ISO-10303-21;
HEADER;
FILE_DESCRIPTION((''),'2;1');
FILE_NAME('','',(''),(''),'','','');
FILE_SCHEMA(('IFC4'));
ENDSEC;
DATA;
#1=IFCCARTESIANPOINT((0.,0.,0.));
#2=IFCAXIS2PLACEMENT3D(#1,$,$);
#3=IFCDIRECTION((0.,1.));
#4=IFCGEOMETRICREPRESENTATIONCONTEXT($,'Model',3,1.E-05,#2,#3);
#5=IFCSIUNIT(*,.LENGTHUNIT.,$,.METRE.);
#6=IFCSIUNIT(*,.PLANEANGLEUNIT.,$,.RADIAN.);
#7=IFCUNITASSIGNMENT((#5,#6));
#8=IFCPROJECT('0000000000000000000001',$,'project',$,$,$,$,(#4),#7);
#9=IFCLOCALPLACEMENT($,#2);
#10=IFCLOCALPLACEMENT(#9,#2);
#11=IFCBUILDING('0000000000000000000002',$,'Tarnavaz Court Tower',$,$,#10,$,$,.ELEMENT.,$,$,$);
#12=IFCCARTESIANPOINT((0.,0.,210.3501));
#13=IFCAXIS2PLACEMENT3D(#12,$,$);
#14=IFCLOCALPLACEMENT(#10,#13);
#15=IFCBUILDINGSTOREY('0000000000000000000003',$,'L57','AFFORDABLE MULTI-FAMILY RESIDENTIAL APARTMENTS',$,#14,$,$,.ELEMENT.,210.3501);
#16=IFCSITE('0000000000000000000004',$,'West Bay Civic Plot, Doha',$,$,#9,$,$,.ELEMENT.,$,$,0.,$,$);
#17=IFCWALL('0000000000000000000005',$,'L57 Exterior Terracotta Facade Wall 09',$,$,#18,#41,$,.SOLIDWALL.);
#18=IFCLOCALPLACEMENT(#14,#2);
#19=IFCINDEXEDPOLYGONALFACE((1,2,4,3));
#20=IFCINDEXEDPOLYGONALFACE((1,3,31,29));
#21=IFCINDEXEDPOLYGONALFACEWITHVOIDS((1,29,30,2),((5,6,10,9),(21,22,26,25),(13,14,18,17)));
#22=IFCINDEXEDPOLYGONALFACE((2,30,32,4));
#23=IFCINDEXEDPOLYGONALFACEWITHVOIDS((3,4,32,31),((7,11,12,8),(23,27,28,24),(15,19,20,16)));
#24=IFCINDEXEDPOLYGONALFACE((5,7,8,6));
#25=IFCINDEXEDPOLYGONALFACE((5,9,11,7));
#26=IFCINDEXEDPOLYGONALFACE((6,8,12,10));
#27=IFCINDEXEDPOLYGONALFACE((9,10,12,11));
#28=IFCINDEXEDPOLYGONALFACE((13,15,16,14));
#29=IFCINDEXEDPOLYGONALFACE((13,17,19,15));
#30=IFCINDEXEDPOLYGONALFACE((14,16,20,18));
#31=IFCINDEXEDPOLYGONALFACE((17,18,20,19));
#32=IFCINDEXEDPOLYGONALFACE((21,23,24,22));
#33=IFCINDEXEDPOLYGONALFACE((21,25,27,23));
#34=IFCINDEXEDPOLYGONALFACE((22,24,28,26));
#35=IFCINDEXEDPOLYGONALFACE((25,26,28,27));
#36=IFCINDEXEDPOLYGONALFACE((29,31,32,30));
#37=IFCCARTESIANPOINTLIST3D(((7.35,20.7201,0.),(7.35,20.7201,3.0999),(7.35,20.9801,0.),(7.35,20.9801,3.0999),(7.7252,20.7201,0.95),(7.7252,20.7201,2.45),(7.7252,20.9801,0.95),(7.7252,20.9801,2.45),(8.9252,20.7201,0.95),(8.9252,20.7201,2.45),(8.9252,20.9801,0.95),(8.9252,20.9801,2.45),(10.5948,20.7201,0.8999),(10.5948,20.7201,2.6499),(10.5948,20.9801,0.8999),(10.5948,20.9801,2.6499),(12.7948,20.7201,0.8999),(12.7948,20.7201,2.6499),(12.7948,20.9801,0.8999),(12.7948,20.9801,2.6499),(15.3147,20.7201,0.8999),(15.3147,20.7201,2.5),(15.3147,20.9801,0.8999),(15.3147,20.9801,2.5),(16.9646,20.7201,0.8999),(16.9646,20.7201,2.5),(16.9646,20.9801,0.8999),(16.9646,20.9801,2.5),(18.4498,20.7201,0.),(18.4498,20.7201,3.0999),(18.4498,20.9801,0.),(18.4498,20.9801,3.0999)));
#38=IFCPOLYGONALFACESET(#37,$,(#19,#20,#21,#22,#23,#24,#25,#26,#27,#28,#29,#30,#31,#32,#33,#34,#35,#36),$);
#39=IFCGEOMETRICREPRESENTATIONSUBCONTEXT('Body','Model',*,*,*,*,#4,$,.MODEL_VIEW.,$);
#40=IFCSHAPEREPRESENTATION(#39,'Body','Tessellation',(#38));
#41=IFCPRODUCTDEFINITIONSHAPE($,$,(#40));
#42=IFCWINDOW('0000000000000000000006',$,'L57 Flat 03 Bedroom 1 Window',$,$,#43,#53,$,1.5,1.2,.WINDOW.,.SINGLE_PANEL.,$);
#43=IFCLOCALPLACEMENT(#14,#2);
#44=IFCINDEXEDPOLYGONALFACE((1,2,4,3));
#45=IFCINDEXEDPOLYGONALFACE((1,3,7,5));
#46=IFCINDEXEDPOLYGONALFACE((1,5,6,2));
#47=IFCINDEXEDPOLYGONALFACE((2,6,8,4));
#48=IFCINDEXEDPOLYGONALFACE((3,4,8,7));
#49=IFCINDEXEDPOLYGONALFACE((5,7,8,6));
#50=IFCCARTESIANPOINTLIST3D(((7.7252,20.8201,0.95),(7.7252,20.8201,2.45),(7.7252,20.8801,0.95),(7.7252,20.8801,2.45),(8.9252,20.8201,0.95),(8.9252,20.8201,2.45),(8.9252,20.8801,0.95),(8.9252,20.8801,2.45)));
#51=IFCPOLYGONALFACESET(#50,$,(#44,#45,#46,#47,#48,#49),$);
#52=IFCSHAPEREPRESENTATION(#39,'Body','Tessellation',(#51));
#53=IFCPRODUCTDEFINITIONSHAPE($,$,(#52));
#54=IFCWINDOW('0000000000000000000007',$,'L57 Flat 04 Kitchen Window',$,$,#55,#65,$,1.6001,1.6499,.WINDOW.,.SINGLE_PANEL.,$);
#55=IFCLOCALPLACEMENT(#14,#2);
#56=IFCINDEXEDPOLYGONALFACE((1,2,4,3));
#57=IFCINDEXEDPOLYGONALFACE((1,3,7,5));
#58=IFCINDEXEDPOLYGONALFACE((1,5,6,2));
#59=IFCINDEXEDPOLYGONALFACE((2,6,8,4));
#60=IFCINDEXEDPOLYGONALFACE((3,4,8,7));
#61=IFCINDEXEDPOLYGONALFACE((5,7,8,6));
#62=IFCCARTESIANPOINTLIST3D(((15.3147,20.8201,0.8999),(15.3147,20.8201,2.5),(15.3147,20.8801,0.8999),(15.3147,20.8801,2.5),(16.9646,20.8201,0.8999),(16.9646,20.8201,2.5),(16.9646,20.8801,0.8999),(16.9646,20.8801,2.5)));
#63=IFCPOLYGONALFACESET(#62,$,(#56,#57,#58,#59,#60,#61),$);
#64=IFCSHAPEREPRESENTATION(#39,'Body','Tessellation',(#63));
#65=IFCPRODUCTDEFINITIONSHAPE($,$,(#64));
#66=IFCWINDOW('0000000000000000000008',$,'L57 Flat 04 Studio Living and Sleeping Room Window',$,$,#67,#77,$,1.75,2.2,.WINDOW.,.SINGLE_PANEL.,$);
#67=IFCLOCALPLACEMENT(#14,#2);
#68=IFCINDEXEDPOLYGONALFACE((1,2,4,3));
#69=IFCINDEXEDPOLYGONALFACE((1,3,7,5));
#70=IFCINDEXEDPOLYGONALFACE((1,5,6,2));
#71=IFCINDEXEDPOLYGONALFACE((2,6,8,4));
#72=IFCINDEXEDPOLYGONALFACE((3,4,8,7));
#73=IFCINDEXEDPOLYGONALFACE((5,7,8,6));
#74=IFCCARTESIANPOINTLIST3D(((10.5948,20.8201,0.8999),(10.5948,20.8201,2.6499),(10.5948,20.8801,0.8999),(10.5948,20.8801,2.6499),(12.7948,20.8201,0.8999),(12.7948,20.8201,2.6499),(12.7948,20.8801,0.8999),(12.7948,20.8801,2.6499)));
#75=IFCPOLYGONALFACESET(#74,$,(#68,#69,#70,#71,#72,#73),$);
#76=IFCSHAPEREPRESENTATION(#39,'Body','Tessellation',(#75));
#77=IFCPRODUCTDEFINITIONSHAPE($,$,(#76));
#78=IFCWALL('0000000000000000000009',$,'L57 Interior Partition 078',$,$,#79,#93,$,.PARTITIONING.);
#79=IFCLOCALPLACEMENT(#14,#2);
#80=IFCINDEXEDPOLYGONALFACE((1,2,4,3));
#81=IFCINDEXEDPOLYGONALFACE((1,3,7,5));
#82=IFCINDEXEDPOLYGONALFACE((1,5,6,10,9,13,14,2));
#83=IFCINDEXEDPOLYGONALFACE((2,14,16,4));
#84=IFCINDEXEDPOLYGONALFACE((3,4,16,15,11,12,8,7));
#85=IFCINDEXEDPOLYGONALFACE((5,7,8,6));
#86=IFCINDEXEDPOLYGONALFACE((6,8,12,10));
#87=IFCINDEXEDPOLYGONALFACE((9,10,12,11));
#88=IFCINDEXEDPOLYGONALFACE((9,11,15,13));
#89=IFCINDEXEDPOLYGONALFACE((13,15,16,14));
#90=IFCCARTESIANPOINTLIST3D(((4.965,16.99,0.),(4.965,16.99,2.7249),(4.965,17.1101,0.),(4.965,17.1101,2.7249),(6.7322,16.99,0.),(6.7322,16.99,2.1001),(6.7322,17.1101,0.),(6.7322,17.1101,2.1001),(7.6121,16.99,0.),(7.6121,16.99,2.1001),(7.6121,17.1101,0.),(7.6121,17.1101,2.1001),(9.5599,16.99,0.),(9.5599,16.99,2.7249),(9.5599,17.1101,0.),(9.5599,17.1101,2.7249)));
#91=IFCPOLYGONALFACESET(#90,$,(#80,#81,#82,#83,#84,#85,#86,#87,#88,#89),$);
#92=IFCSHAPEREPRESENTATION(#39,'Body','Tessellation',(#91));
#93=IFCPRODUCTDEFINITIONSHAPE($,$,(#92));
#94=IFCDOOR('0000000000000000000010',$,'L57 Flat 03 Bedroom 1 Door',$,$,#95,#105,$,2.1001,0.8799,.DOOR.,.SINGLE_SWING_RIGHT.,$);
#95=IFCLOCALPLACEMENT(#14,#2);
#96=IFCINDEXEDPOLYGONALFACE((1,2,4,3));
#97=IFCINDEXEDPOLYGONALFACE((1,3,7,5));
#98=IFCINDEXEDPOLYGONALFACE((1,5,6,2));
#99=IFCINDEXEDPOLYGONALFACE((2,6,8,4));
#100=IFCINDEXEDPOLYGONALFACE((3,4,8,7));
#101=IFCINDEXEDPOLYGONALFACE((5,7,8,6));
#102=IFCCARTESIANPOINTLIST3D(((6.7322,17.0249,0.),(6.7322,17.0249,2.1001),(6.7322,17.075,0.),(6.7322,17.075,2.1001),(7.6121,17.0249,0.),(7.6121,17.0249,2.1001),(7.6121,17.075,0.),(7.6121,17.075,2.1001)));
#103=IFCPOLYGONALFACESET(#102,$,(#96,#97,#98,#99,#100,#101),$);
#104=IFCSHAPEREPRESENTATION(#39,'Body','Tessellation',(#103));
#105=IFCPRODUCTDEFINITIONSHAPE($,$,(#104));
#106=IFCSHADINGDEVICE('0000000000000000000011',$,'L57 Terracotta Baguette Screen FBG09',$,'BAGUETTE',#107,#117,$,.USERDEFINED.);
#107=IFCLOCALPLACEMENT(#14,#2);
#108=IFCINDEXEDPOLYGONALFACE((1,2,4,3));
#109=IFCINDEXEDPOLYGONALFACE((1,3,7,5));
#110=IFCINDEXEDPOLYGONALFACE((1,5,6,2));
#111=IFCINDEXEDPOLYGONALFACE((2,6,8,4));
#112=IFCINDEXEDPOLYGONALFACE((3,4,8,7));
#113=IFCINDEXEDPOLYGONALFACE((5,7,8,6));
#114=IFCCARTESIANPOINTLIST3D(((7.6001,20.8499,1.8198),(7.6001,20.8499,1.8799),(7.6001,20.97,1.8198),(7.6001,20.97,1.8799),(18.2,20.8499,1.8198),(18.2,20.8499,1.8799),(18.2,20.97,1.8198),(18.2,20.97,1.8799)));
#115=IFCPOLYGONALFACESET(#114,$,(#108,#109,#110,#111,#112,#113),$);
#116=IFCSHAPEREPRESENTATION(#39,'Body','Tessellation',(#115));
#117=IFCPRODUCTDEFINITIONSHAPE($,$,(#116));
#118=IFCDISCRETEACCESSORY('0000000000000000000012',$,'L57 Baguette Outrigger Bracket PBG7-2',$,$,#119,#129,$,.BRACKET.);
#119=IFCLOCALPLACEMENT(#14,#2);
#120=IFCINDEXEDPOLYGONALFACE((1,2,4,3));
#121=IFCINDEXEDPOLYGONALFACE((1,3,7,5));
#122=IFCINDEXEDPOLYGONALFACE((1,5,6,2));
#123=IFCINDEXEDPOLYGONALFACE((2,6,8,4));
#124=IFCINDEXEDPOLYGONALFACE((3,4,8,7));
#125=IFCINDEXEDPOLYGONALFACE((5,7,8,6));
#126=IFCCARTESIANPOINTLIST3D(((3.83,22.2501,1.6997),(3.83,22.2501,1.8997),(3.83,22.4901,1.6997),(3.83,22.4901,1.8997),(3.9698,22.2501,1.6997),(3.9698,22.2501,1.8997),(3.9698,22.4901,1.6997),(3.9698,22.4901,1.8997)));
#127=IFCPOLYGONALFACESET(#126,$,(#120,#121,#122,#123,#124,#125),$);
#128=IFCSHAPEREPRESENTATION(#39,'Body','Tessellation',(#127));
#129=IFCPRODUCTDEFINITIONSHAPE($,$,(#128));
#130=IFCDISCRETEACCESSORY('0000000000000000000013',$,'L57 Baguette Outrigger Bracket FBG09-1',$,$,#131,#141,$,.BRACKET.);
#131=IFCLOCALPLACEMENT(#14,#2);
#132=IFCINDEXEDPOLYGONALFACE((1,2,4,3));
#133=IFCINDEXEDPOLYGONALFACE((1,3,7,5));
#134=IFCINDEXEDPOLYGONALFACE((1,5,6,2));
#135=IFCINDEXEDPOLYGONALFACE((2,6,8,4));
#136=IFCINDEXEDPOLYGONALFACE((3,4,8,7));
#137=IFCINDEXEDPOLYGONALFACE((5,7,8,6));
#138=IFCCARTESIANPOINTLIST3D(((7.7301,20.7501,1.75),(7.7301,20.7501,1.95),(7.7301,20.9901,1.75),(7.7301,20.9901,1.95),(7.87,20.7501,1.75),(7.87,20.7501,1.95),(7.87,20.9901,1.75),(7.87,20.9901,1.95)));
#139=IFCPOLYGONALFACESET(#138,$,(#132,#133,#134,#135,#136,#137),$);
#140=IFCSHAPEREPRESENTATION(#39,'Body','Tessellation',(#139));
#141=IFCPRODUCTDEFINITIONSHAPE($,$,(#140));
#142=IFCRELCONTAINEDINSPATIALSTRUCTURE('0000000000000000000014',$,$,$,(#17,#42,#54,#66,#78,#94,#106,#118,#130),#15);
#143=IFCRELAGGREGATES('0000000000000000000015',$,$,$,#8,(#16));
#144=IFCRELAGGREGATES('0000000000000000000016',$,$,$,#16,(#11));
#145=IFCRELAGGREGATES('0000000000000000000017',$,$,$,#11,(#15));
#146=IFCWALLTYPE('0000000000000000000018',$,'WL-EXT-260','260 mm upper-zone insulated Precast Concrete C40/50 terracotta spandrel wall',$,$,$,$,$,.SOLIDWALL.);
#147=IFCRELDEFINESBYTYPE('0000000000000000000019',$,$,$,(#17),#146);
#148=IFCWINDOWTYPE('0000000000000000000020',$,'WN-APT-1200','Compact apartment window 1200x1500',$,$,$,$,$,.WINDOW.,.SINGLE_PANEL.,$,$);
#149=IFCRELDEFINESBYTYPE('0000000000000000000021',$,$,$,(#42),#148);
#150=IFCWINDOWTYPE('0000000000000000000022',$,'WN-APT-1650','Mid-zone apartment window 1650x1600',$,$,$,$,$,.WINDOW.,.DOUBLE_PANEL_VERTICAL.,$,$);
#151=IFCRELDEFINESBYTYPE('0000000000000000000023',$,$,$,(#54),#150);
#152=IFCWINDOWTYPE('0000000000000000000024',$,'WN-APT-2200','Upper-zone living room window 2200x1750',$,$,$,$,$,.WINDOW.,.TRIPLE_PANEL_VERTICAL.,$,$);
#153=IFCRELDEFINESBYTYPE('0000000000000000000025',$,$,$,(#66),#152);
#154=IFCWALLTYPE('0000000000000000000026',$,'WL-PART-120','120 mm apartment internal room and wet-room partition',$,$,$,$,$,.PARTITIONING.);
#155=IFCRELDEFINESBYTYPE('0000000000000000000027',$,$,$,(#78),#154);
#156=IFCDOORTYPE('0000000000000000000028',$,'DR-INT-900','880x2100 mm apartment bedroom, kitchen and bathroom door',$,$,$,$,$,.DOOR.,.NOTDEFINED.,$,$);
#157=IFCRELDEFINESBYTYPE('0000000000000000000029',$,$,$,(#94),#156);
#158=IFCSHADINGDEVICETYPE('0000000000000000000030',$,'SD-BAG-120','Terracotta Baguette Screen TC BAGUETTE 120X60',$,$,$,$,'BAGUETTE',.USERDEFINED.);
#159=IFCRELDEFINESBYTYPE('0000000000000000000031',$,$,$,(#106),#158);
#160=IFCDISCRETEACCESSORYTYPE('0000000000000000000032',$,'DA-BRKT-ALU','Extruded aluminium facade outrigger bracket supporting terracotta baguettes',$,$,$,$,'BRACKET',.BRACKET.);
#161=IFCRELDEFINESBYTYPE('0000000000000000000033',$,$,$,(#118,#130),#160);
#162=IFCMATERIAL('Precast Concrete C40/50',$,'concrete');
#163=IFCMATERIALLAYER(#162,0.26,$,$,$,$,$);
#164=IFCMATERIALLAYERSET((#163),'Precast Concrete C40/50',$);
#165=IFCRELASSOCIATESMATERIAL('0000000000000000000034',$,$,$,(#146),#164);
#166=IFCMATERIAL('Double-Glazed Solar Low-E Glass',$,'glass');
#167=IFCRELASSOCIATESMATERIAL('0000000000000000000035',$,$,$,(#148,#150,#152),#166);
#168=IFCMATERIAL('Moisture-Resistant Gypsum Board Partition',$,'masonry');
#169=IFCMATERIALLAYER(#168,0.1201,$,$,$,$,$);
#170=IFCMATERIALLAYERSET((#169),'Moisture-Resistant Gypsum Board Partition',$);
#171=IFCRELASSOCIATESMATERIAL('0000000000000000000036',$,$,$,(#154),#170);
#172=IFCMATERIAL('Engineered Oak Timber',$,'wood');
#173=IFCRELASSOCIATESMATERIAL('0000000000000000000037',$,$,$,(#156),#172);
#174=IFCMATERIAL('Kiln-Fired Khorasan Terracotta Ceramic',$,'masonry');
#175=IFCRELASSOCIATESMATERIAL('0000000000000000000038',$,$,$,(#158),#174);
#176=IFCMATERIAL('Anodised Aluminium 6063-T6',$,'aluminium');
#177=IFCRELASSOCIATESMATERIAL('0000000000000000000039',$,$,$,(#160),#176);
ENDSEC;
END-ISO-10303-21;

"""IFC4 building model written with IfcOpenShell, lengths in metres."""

from ifc_helpers import new_model, si_unit, direction, frame, frame_2d, origin, origin_2d, place, context, subcontext, project, spatial, rectangle, extrude, material, layer, layer_set, material_profile, profile_set, type_object, element, fill, save


model = new_model("IFC4")

# Units and contexts
model_context = context("Model", 3, precision=1e-05, world=origin(), true_north=direction((0.0, 1.0)))
body_context = subcontext(model_context, "Body", "Model", "MODEL_VIEW")
ifc_project = project(units=[si_unit("LENGTHUNIT", "METRE"), si_unit("PLANEANGLEUNIT", "RADIAN")], contexts=[model_context])

# Site, building, storey
site_placement = place(None, origin())
site = spatial("IfcSite", under=ifc_project, at=site_placement, Name="West Bay Civic Plot, Doha", CompositionType="ELEMENT", RefElevation=0.0)
building_placement = place(site_placement, origin())
building = spatial("IfcBuilding", under=site, at=building_placement, Name="Tarnavaz Court Tower", CompositionType="ELEMENT")
storey_placement = place(building_placement, frame((0.0, 0.0, 210.3501)))
storey = spatial("IfcBuildingStorey", under=building, at=storey_placement, Name="L57", Description="AFFORDABLE MULTI-FAMILY RESIDENTIAL APARTMENTS", CompositionType="ELEMENT", Elevation=210.3501)

# Shared definitions
ifc_material_1 = material(Name="Anodised Aluminium 6063-T6", Category="aluminium")
ifc_material_2 = material(Name="Double-Glazed Solar Low-E Glass", Category="glass")

# Shared definitions
ifc_material_3 = material(Name="Precast Concrete C40/50", Category="concrete")
ifc_layer_1 = layer(ifc_material_3, 0.26)
ifc_layer_set_1 = layer_set([ifc_layer_1], Name="Precast Concrete C40/50")
wall_type_1 = type_object("IfcWallType", Name="WL-EXT-260", Description="260 mm upper-zone insulated Precast Concrete C40/50 terracotta spandrel wall", PredefinedType="SOLIDWALL", material=ifc_layer_set_1)
window_type_1 = type_object("IfcWindowType", Name="WN-APT-1200", Description="Compact apartment window 1200x1500", PartitioningType="SINGLE_PANEL", PredefinedType="WINDOW", material=ifc_material_2)

# Wall, openings, windows
wall_1_placement = place(storey_placement, frame((7.3501, 20.8501, 0.0), z_axis=(0.0, 0.0, 1.0), x_axis=(1.0, 0.0, 0.0)))
wall_1 = element("IfcWall", 1, at=wall_1_placement, inside=storey, type_object=wall_type_1, Name="L57 Exterior Terracotta Facade Wall 09", PredefinedType="SOLIDWALL", context=body_context, shape_type="SweptSolid", body=[
    extrude(rectangle(XDim=11.0999, YDim=0.26, at=frame_2d((5.5498, 0.0))), origin(), (0.0, 0.0, 1.0), 3.0999),
])
opening_1_placement = place(wall_1_placement, frame((0.375, 0.0, 0.95)))
opening_1 = element("IfcOpeningElement", 2, at=opening_1_placement, cuts=wall_1, PredefinedType="OPENING", context=body_context, shape_type="SweptSolid", body=[
    extrude(rectangle(XDim=1.2, YDim=1.5, at=frame_2d((0.6001, 0.75))), frame((0.0, 0.1399, 0.0), z_axis=(0.0, -1.0, 0.0), x_axis=(1.0, 0.0, 0.0)), (0.0, 0.0, 1.0), 0.28),
])
opening_2_placement = place(wall_1_placement, frame((3.2446, 0.0, 0.8999)))
opening_2 = element("IfcOpeningElement", 3, at=opening_2_placement, cuts=wall_1, PredefinedType="OPENING", context=body_context, shape_type="SweptSolid", body=[
    extrude(rectangle(XDim=2.2, YDim=1.75, at=frame_2d((1.1001, 0.875))), frame((0.0, 0.1399, 0.0), z_axis=(0.0, -1.0, 0.0), x_axis=(1.0, 0.0, 0.0)), (0.0, 0.0, 1.0), 0.28),
])
opening_3_placement = place(wall_1_placement, frame((7.9646, 0.0, 0.8999)))
opening_3 = element("IfcOpeningElement", 4, at=opening_3_placement, cuts=wall_1, PredefinedType="OPENING", context=body_context, shape_type="SweptSolid", body=[
    extrude(rectangle(XDim=1.6499, YDim=1.6001, at=frame_2d((0.825, 0.8))), frame((0.0, 0.1399, 0.0), z_axis=(0.0, -1.0, 0.0), x_axis=(1.0, 0.0, 0.0)), (0.0, 0.0, 1.0), 0.28),
])
window_1_placement = place(opening_1_placement, origin())
window_1 = element("IfcWindow", 5, at=window_1_placement, inside=storey, type_object=window_type_1, Name="L57 Flat 03 Bedroom 1 Window", OverallHeight=1.5, OverallWidth=1.2, PartitioningType="SINGLE_PANEL", PredefinedType="WINDOW", context=body_context, shape_type="SweptSolid", body=[
    extrude(rectangle(XDim=1.2, YDim=1.5, at=frame_2d((0.6001, 0.75))), frame((0.0, 0.03, 0.0), z_axis=(0.0, -1.0, 0.0), x_axis=(1.0, 0.0, 0.0)), (0.0, 0.0, 1.0), 0.0601),
])
fill(opening_1, window_1)
window_type_2 = type_object("IfcWindowType", Name="WN-APT-1650", Description="Mid-zone apartment window 1650x1600", PartitioningType="DOUBLE_PANEL_VERTICAL", PredefinedType="WINDOW", material=ifc_material_2)
window_2_placement = place(opening_3_placement, origin())
window_2 = element("IfcWindow", 6, at=window_2_placement, inside=storey, type_object=window_type_2, Name="L57 Flat 04 Kitchen Window", OverallHeight=1.6001, OverallWidth=1.6499, PartitioningType="SINGLE_PANEL", PredefinedType="WINDOW", context=body_context, shape_type="SweptSolid", body=[
    extrude(rectangle(XDim=1.6499, YDim=1.6001, at=frame_2d((0.825, 0.8))), frame((0.0, 0.03, 0.0), z_axis=(0.0, -1.0, 0.0), x_axis=(1.0, 0.0, 0.0)), (0.0, 0.0, 1.0), 0.0601),
])
fill(opening_3, window_2)
window_type_3 = type_object("IfcWindowType", Name="WN-APT-2200", Description="Upper-zone living room window 2200x1750", PartitioningType="TRIPLE_PANEL_VERTICAL", PredefinedType="WINDOW", material=ifc_material_2)
window_3_placement = place(opening_2_placement, origin())
window_3 = element("IfcWindow", 7, at=window_3_placement, inside=storey, type_object=window_type_3, Name="L57 Flat 04 Studio Living and Sleeping Room Window", OverallHeight=1.75, OverallWidth=2.2, PartitioningType="SINGLE_PANEL", PredefinedType="WINDOW", context=body_context, shape_type="SweptSolid", body=[
    extrude(rectangle(XDim=2.2, YDim=1.75, at=frame_2d((1.1001, 0.875))), frame((0.0, 0.03, 0.0), z_axis=(0.0, -1.0, 0.0), x_axis=(1.0, 0.0, 0.0)), (0.0, 0.0, 1.0), 0.0601),
])
fill(opening_2, window_3)

# Wall, opening, door
ifc_material_4 = material(Name="Moisture-Resistant Gypsum Board Partition", Category="masonry")
ifc_layer_2 = layer(ifc_material_4, 0.1201)
ifc_layer_set_2 = layer_set([ifc_layer_2], Name="Moisture-Resistant Gypsum Board Partition")
wall_type_2 = type_object("IfcWallType", Name="WL-PART-120", Description="120 mm apartment internal room and wet-room partition", PredefinedType="PARTITIONING", material=ifc_layer_set_2)
wall_2_placement = place(storey_placement, frame((4.9651, 17.05, 0.0), z_axis=(0.0, 0.0, 1.0), x_axis=(1.0, 0.0, 0.0)))
wall_2 = element("IfcWall", 8, at=wall_2_placement, inside=storey, type_object=wall_type_2, Name="L57 Interior Partition 078", PredefinedType="PARTITIONING", context=body_context, shape_type="SweptSolid", body=[
    extrude(rectangle(XDim=4.595, YDim=0.1201, at=frame_2d((2.2974, 0.0))), origin(), (0.0, 0.0, 1.0), 2.7249),
])
opening_4_placement = place(wall_2_placement, frame((1.7671, 0.0, 0.0)))
opening_4 = element("IfcOpeningElement", 9, at=opening_4_placement, cuts=wall_2, PredefinedType="OPENING", context=body_context, shape_type="SweptSolid", body=[
    extrude(rectangle(XDim=0.8799, YDim=2.1001, at=frame_2d((0.4399, 1.05))), frame((0.0, 0.0701, 0.0), z_axis=(0.0, -1.0, 0.0), x_axis=(1.0, 0.0, 0.0)), (0.0, 0.0, 1.0), 0.1401),
])
ifc_material_5 = material(Name="Engineered Oak Timber", Category="wood")
door_type = type_object("IfcDoorType", Name="DR-INT-900", Description="880x2100 mm apartment bedroom, kitchen and bathroom door", OperationType="NOTDEFINED", PredefinedType="DOOR", material=ifc_material_5)
door_placement = place(opening_4_placement, origin())
door = element("IfcDoor", 10, at=door_placement, inside=storey, type_object=door_type, Name="L57 Flat 03 Bedroom 1 Door", OperationType="SINGLE_SWING_RIGHT", OverallHeight=2.1001, OverallWidth=0.8799, PredefinedType="DOOR", context=body_context, shape_type="SweptSolid", body=[
    extrude(rectangle(XDim=0.8799, YDim=2.1001, at=frame_2d((0.4399, 1.05))), frame((0.0, 0.0249, 0.0), z_axis=(0.0, -1.0, 0.0), x_axis=(1.0, 0.0, 0.0)), (0.0, 0.0, 1.0), 0.05),
])
fill(opening_4, door)

# Shading device
ifc_material_6 = material(Name="Kiln-Fired Khorasan Terracotta Ceramic", Category="masonry")
ifc_material_profile_1 = material_profile(ifc_material_6, rectangle(XDim=0.1201, YDim=0.0601, at=origin_2d()), Name="TC BAGUETTE 120X60")
ifc_profile_set_1 = profile_set([ifc_material_profile_1], Name="Kiln-Fired Khorasan Terracotta Ceramic")
shading_device_type = type_object("IfcShadingDeviceType", Name="SD-BAG-120", Description="Terracotta Baguette Screen TC BAGUETTE 120X60", ElementType="BAGUETTE", PredefinedType="USERDEFINED", material=ifc_profile_set_1)
shading_device_placement = place(storey_placement, frame((7.6001, 20.9099, 1.8499), z_axis=(1.0, 0.0, 0.0), x_axis=(0.0, 1.0, 0.0)))
element("IfcShadingDevice", 11, at=shading_device_placement, inside=storey, type_object=shading_device_type, Name="L57 Terracotta Baguette Screen FBG09", ObjectType="BAGUETTE", PredefinedType="USERDEFINED", context=body_context, shape_type="SweptSolid", body=[
    extrude(rectangle(XDim=0.1201, YDim=0.0601, at=origin_2d()), origin(), (0.0, 0.0, 1.0), 10.5999),
])

# Discrete accessories
discrete_accessory_type = type_object("IfcDiscreteAccessoryType", Name="DA-BRKT-ALU", Description="Extruded aluminium facade outrigger bracket supporting terracotta baguettes", ElementType="BRACKET", PredefinedType="BRACKET", material=ifc_material_1)
for number, where, z_axis, x_axis, name in (
    (12, (3.8999, 22.3701, 1.6997), (0.0, 0.0, 1.0), (1.0, 0.0, 0.0), "L57 Baguette Outrigger Bracket PBG7-2"),
    (13, (7.8, 20.8701, 1.75), (0.0, 0.0, 1.0), (1.0, 0.0, 0.0), "L57 Baguette Outrigger Bracket FBG09-1"),
):
    element("IfcDiscreteAccessory", number, at=place(storey_placement, frame(where, z_axis=z_axis, x_axis=x_axis)), inside=storey, type_object=discrete_accessory_type, Name=name, PredefinedType="BRACKET", context=body_context, shape_type="SweptSolid", body=[
        extrude(rectangle(XDim=0.1399, YDim=0.24, at=origin_2d()), origin(), (0.0, 0.0, 1.0), 0.2),
    ])

save(model, "model.ifc")
